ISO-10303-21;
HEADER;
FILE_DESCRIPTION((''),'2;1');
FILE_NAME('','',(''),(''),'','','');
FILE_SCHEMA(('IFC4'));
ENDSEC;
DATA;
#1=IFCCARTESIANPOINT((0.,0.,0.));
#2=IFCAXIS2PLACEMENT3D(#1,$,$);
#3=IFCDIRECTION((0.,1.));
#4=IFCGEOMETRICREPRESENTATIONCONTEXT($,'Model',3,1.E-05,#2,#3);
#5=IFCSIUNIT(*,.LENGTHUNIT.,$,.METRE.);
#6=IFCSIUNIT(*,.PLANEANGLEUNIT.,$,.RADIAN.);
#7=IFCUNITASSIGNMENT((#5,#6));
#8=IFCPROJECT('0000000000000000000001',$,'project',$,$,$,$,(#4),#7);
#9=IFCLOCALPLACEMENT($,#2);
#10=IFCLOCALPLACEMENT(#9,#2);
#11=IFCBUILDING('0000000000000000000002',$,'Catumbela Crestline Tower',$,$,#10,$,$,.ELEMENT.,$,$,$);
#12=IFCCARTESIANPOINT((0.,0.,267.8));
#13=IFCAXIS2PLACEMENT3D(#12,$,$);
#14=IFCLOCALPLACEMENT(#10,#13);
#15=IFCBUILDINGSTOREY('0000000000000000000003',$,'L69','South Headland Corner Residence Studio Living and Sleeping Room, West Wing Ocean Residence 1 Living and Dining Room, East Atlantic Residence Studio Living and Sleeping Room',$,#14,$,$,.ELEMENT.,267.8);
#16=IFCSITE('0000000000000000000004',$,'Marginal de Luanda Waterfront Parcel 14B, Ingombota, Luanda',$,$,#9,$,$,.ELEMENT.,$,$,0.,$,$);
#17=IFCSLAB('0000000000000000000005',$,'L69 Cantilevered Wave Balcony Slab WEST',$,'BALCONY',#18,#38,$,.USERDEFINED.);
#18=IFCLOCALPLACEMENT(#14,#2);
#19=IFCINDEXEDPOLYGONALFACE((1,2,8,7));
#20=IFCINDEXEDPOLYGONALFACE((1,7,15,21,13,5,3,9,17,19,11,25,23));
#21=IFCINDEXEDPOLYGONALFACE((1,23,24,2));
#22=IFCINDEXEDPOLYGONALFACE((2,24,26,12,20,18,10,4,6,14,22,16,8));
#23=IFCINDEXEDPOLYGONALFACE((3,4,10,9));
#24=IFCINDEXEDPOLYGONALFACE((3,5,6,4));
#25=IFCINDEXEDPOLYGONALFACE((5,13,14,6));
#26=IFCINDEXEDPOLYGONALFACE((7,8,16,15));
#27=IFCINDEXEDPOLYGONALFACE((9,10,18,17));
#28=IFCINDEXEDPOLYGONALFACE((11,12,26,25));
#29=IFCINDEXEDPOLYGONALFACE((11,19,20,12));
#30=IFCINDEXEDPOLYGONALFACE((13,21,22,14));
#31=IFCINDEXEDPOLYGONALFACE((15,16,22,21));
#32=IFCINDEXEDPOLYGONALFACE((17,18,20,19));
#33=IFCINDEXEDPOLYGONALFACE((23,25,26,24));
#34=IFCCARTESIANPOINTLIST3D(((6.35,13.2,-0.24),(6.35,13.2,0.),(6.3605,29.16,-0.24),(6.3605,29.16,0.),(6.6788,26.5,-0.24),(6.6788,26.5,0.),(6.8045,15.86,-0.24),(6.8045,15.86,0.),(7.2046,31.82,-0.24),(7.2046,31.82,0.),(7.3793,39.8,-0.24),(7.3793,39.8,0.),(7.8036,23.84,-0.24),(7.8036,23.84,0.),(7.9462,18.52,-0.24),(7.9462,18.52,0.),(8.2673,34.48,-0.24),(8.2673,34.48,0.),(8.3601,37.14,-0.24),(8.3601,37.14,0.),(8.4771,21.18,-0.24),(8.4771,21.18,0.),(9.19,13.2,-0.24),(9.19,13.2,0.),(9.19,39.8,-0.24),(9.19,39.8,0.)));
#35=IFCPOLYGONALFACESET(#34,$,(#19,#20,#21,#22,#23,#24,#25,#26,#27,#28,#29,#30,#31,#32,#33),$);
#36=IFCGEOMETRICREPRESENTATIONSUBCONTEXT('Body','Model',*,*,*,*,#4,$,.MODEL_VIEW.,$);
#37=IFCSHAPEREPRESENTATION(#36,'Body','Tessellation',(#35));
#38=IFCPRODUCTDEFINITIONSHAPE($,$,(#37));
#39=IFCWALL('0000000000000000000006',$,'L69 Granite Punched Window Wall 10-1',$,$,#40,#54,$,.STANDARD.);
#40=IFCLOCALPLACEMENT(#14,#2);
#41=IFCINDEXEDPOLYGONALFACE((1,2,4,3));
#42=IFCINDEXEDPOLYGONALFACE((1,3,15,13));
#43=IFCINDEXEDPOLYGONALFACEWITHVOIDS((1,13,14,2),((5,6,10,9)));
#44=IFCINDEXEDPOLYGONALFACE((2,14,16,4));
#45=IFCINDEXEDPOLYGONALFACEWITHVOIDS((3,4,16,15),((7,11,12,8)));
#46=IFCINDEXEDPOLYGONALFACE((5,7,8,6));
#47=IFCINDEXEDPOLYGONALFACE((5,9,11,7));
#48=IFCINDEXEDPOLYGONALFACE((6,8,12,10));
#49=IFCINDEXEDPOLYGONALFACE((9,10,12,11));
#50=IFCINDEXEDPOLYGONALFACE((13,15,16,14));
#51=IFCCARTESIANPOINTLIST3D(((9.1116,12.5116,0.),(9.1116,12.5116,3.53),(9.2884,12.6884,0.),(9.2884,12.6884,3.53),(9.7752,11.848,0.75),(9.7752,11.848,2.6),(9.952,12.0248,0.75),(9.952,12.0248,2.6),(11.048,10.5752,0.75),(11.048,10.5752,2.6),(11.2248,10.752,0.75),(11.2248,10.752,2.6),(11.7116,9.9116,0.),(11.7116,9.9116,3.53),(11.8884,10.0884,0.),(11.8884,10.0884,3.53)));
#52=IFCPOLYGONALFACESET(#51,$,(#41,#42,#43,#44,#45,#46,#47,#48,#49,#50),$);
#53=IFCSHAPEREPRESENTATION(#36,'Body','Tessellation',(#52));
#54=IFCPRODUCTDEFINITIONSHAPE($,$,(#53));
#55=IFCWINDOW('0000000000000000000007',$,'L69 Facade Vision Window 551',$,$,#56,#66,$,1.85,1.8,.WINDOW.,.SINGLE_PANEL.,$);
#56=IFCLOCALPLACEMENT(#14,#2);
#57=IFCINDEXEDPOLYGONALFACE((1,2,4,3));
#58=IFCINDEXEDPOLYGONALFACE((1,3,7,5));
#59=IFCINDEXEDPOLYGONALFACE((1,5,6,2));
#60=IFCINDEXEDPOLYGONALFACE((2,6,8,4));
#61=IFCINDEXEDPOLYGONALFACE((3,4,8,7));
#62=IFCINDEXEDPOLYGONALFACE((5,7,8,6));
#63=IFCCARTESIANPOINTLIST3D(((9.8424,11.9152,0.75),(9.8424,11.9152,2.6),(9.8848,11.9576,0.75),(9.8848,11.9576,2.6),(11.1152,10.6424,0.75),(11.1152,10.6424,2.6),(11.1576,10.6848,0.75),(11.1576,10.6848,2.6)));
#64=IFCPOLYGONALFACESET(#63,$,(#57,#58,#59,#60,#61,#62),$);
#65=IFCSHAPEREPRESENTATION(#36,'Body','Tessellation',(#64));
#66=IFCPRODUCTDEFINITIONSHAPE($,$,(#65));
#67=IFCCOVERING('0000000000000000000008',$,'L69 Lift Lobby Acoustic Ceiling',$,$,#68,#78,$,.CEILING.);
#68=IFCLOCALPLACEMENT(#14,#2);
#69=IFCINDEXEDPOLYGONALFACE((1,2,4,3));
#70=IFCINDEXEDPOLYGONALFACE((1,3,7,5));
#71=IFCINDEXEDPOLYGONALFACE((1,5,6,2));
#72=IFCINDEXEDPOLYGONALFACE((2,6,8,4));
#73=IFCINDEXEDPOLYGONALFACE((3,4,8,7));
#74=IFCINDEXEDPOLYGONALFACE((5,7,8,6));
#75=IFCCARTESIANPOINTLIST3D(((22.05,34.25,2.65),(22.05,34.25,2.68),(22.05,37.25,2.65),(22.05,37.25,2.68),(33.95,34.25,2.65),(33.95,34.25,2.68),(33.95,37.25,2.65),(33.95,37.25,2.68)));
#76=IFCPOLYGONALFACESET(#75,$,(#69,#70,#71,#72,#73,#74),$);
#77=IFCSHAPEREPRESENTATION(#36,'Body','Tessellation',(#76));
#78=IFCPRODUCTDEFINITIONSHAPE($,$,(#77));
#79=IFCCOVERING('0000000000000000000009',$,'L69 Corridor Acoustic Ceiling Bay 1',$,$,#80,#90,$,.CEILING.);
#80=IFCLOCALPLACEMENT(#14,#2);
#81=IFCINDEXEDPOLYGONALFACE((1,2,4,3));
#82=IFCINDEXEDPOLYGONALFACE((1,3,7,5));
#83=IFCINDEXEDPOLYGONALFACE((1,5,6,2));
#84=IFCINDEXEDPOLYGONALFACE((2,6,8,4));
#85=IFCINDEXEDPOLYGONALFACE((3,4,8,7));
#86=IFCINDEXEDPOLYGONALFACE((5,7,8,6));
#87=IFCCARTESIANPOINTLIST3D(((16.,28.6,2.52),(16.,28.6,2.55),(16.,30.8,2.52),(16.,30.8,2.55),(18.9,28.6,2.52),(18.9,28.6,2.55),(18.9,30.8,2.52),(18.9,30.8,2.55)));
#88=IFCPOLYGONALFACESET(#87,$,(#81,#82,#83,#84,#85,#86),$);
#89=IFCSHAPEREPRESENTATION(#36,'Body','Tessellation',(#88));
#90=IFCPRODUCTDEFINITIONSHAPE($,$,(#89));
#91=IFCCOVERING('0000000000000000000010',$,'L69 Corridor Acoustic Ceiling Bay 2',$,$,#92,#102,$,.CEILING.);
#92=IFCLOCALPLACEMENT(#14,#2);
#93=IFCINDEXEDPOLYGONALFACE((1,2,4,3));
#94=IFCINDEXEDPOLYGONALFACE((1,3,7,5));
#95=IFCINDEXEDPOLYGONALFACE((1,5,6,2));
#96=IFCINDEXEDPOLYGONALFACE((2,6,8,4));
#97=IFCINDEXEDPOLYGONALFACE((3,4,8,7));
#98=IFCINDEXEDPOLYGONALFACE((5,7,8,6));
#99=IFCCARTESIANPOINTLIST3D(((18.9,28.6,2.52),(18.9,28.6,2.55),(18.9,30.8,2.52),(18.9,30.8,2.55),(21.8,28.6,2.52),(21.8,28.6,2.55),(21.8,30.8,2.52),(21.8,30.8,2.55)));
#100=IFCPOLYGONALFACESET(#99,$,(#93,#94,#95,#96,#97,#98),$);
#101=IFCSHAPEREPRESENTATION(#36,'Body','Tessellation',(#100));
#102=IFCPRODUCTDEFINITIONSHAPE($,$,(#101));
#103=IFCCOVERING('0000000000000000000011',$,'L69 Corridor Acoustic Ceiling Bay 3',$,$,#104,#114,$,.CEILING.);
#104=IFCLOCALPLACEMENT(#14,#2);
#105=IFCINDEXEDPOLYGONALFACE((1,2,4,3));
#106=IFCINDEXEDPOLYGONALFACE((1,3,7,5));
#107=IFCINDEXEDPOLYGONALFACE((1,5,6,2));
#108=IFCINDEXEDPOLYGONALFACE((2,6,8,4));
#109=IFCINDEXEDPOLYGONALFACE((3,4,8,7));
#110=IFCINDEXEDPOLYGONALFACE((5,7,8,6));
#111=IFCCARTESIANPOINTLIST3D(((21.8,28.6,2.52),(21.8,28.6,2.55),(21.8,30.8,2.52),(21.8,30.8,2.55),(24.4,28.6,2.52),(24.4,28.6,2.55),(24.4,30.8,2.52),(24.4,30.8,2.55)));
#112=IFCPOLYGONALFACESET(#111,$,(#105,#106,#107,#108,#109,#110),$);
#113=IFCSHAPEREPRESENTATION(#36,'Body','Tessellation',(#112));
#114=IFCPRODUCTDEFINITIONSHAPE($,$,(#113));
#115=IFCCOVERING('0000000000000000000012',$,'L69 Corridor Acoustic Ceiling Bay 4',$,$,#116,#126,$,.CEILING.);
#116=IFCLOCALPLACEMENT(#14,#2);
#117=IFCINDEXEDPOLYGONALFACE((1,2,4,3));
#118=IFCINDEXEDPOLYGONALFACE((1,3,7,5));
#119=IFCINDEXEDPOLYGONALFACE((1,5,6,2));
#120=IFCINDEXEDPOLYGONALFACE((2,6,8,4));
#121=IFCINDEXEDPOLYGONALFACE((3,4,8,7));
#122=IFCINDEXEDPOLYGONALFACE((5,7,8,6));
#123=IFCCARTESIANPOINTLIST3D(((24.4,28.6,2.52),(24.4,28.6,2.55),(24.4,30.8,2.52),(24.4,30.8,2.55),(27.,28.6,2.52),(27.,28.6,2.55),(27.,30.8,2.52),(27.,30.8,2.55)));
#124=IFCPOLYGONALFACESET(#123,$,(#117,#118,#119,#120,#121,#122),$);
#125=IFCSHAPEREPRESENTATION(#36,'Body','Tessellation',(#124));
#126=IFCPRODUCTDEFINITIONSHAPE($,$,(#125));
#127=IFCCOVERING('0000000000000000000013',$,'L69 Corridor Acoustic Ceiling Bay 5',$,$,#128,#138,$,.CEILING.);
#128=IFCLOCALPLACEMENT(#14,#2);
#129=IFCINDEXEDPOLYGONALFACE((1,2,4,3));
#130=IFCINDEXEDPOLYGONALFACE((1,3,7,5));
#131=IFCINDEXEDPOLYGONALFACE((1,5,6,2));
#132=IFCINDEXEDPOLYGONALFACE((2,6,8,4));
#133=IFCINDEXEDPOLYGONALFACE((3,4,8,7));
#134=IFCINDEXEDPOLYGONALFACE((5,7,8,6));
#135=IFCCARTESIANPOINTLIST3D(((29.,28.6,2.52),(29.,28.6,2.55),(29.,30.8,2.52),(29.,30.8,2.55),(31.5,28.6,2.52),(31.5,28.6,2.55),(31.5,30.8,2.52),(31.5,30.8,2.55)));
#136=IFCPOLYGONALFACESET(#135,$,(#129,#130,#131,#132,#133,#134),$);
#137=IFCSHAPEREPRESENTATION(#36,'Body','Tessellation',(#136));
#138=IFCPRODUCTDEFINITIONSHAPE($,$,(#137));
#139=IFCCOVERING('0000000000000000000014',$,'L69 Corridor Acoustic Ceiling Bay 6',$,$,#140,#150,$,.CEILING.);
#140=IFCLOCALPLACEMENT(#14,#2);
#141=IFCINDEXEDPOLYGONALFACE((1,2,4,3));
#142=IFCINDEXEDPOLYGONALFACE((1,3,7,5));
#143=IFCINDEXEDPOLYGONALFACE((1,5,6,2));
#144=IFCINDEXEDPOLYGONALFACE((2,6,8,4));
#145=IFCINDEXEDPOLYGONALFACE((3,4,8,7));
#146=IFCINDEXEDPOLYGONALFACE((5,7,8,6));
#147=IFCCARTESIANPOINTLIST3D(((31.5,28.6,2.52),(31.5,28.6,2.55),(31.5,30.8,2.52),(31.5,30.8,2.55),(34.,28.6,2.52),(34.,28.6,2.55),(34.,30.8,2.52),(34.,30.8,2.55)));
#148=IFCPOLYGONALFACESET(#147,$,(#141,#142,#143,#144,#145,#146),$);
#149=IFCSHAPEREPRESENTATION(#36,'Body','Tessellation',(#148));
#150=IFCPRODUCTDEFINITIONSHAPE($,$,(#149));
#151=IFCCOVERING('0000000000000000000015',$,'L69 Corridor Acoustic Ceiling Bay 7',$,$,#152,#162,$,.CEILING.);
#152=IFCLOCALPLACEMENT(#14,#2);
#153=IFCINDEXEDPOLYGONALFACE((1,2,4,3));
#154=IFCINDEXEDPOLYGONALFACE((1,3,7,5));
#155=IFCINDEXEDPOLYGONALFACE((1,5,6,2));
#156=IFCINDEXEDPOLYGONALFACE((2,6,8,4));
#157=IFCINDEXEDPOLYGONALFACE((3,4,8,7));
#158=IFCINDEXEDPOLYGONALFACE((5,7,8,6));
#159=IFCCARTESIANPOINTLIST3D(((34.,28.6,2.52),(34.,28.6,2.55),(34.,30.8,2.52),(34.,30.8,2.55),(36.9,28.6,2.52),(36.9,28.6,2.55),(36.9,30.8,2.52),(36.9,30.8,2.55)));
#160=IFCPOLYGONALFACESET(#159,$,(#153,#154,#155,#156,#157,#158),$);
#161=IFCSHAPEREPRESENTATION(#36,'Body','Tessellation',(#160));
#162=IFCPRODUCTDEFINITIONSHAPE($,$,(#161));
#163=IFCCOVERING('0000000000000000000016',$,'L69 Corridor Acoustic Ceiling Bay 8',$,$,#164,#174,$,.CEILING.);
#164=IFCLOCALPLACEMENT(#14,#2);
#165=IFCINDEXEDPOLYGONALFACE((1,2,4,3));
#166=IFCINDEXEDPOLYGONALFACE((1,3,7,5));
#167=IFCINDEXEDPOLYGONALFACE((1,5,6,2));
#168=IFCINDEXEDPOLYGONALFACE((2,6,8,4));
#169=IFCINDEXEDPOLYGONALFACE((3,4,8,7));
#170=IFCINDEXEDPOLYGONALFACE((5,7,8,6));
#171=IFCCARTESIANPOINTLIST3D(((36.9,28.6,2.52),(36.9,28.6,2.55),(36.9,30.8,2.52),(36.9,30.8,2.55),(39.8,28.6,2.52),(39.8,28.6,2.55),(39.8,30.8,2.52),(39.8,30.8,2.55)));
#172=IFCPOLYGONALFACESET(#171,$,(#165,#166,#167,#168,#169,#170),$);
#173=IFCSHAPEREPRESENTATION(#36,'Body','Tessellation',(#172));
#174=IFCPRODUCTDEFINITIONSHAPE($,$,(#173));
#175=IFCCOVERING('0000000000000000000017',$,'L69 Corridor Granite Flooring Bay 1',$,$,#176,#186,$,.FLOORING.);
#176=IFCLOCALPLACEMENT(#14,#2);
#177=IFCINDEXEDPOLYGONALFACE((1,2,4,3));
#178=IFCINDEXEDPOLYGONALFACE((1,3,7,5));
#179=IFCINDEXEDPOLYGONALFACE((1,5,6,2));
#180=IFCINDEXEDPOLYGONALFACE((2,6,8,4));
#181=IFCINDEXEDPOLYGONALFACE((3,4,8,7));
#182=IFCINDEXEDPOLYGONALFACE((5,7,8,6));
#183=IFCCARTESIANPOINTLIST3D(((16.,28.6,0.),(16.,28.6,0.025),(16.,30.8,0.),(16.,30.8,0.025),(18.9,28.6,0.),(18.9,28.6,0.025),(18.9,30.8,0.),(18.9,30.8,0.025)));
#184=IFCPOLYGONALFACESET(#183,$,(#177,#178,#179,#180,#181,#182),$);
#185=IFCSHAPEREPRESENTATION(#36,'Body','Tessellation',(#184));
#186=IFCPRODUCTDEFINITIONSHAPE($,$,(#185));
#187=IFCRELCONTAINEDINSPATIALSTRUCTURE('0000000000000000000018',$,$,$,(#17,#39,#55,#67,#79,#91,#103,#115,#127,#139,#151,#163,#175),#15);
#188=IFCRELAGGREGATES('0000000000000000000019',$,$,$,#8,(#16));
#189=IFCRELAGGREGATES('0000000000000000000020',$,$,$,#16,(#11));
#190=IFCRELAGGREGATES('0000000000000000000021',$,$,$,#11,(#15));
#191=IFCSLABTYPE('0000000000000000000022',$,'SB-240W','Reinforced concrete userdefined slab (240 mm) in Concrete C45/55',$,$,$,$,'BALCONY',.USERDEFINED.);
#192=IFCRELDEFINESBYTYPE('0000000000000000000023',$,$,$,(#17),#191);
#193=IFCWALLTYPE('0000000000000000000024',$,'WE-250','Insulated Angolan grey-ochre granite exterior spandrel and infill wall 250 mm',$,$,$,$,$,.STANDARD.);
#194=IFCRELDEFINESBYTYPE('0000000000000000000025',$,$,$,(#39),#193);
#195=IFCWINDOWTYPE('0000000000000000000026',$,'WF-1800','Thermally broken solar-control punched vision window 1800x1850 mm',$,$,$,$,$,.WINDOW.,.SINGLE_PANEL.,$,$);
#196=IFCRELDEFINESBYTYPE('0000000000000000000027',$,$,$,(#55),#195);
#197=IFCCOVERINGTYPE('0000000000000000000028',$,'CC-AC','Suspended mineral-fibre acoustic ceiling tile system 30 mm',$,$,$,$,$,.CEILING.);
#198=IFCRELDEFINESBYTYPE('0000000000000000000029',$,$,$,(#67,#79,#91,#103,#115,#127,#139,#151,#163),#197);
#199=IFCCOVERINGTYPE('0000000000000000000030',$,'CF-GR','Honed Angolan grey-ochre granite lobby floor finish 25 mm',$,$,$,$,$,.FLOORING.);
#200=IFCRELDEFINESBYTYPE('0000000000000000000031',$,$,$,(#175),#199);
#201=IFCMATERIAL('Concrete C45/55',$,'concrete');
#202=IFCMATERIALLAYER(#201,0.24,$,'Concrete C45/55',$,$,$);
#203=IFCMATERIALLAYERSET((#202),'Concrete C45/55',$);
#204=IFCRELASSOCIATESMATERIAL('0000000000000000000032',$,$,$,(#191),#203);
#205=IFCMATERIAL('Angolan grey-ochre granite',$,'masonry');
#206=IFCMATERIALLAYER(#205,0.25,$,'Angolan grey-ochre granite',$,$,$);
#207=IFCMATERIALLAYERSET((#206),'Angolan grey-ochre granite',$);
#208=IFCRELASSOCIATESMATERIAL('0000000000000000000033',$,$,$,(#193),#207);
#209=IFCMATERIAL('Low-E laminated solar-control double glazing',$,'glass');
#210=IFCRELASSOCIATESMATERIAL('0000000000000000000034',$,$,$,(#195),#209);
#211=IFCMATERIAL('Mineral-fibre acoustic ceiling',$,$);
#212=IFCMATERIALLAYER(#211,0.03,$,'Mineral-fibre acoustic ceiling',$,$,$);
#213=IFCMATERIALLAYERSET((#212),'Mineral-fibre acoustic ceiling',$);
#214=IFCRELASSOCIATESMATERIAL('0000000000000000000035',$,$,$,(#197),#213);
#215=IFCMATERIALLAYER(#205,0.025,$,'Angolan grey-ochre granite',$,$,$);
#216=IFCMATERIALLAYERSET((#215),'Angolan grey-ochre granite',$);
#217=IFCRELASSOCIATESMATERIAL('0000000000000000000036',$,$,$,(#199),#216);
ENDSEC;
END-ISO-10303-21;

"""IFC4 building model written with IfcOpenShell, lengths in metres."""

from ifc_helpers import new_model, si_unit, direction, frame, frame_2d, origin, place, context, subcontext, project, spatial, polyline, rectangle, outline, extrude, material, layer, layer_set, type_object, element, fill, save


model = new_model("IFC4")

# Units and contexts
model_context = context("Model", 3, precision=1e-05, world=origin(), true_north=direction((0.0, 1.0)))
body_context = subcontext(model_context, "Body", "Model", "MODEL_VIEW")
ifc_project = project(units=[si_unit("LENGTHUNIT", "METRE"), si_unit("PLANEANGLEUNIT", "RADIAN")], contexts=[model_context])

# Site, building, storey
site_placement = place(None, origin())
site = spatial("IfcSite", under=ifc_project, at=site_placement, Name="Marginal de Luanda Waterfront Parcel 14B, Ingombota, Luanda", CompositionType="ELEMENT", RefElevation=0.0)
building_placement = place(site_placement, origin())
building = spatial("IfcBuilding", under=site, at=building_placement, Name="Catumbela Crestline Tower", CompositionType="ELEMENT")
storey_placement = place(building_placement, frame((0.0, 0.0, 267.8)))
storey = spatial("IfcBuildingStorey", under=building, at=storey_placement, Name="L69", Description="South Headland Corner Residence Studio Living and Sleeping Room, West Wing Ocean Residence 1 Living and Dining Room, East Atlantic Residence Studio Living and Sleeping Room", CompositionType="ELEMENT", Elevation=267.8)

# Shared definitions
ifc_material_1 = material(Name="Low-E laminated solar-control double glazing", Category="glass")

# Shared definitions
ifc_material_2 = material(Name="Concrete C45/55", Category="concrete")

# Slab
ifc_layer_1 = layer(ifc_material_2, 0.24, Name="Concrete C45/55")
ifc_layer_set_1 = layer_set([ifc_layer_1], Name="Concrete C45/55")
slab_type_1 = type_object("IfcSlabType", Name="SB-240W", Description="Reinforced concrete userdefined slab (240 mm) in Concrete C45/55", ElementType="BALCONY", PredefinedType="USERDEFINED", material=ifc_layer_set_1)
slab_1_placement = place(storey_placement, frame((0.0, 0.0, -0.24)))
element("IfcSlab", 1, at=slab_1_placement, inside=storey, type_object=slab_type_1, Name="L69 Cantilevered Wave Balcony Slab WEST", ObjectType="BALCONY", PredefinedType="USERDEFINED", context=body_context, shape_type="SweptSolid", body=[
    extrude(outline(polyline([(9.19, 39.8), (7.3793, 39.8), (8.3601, 37.14), (8.2673, 34.48), (7.2046, 31.82), (6.3605, 29.16), (6.6788, 26.5), (7.8036, 23.84), (8.4771, 21.18), (7.9462, 18.52), (6.8045, 15.86), (6.35, 13.2), (9.19, 13.2), (9.19, 39.8)])), origin(), (0.0, 0.0, 1.0), 0.24),
])

# Wall, opening, window
ifc_material_3 = material(Name="Angolan grey-ochre granite", Category="masonry")
ifc_layer_2 = layer(ifc_material_3, 0.25, Name="Angolan grey-ochre granite")
ifc_layer_set_2 = layer_set([ifc_layer_2], Name="Angolan grey-ochre granite")
wall_type = type_object("IfcWallType", Name="WE-250", Description="Insulated Angolan grey-ochre granite exterior spandrel and infill wall 250 mm", PredefinedType="STANDARD", material=ifc_layer_set_2)
wall_placement = place(storey_placement, frame((9.2, 12.6, 0.0), z_axis=(0.0, 0.0, 1.0), x_axis=(0.707107, -0.707107, 0.0)))
wall = element("IfcWall", 2, at=wall_placement, inside=storey, type_object=wall_type, Name="L69 Granite Punched Window Wall 10-1", PredefinedType="STANDARD", context=body_context, shape_type="SweptSolid", body=[
    extrude(rectangle(XDim=3.677, YDim=0.25, at=frame_2d((1.8385, 0.0))), origin(), (0.0, 0.0, 1.0), 3.53),
])
opening_placement = place(wall_placement, frame((0.9385, 0.0, 0.75)))
opening = element("IfcOpeningElement", 3, at=opening_placement, cuts=wall, PredefinedType="OPENING", context=body_context, shape_type="SweptSolid", body=[
    extrude(rectangle(XDim=1.8, YDim=1.85, at=frame_2d((0.9, 0.925))), frame((0.0, 0.135, 0.0), z_axis=(0.0, -1.0, 0.0), x_axis=(1.0, 0.0, 0.0)), (0.0, 0.0, 1.0), 0.27),
])
window_type = type_object("IfcWindowType", Name="WF-1800", Description="Thermally broken solar-control punched vision window 1800x1850 mm", PartitioningType="SINGLE_PANEL", PredefinedType="WINDOW", material=ifc_material_1)
window_placement = place(opening_placement, origin())
window = element("IfcWindow", 4, at=window_placement, inside=storey, type_object=window_type, Name="L69 Facade Vision Window 551", OverallHeight=1.85, OverallWidth=1.8, PartitioningType="SINGLE_PANEL", PredefinedType="WINDOW", context=body_context, shape_type="SweptSolid", body=[
    extrude(rectangle(XDim=1.8, YDim=1.85, at=frame_2d((0.9, 0.925))), frame((0.0, 0.03, 0.0), z_axis=(0.0, -1.0, 0.0), x_axis=(1.0, 0.0, 0.0)), (0.0, 0.0, 1.0), 0.06),
])
fill(opening, window)

# Coverings
ifc_material_4 = material(Name="Mineral-fibre acoustic ceiling")
ifc_layer_3 = layer(ifc_material_4, 0.03, Name="Mineral-fibre acoustic ceiling")
ifc_layer_set_3 = layer_set([ifc_layer_3], Name="Mineral-fibre acoustic ceiling")
covering_type_1 = type_object("IfcCoveringType", Name="CC-AC", Description="Suspended mineral-fibre acoustic ceiling tile system 30 mm", PredefinedType="CEILING", material=ifc_layer_set_3)
covering_1_placement = place(storey_placement, frame((0.0, 0.0, 2.65)))
element("IfcCovering", 5, at=covering_1_placement, inside=storey, type_object=covering_type_1, Name="L69 Lift Lobby Acoustic Ceiling", PredefinedType="CEILING", context=body_context, shape_type="SweptSolid", body=[
    extrude(outline(polyline([(22.05, 34.25), (33.95, 34.25), (33.95, 37.25), (22.05, 37.25), (22.05, 34.25)])), origin(), (0.0, 0.0, 1.0), 0.03),
])
covering_2_placement = place(storey_placement, frame((0.0, 0.0, 2.52)))
element("IfcCovering", 6, at=covering_2_placement, inside=storey, type_object=covering_type_1, Name="L69 Corridor Acoustic Ceiling Bay 1", PredefinedType="CEILING", context=body_context, shape_type="SweptSolid", body=[
    extrude(outline(polyline([(16.0, 28.6), (18.9, 28.6), (18.9, 30.8), (16.0, 30.8), (16.0, 28.6)])), origin(), (0.0, 0.0, 1.0), 0.03),
])
covering_3_placement = place(storey_placement, frame((0.0, 0.0, 2.52)))
element("IfcCovering", 7, at=covering_3_placement, inside=storey, type_object=covering_type_1, Name="L69 Corridor Acoustic Ceiling Bay 2", PredefinedType="CEILING", context=body_context, shape_type="SweptSolid", body=[
    extrude(outline(polyline([(18.9, 28.6), (21.8, 28.6), (21.8, 30.8), (18.9, 30.8), (18.9, 28.6)])), origin(), (0.0, 0.0, 1.0), 0.03),
])
covering_4_placement = place(storey_placement, frame((0.0, 0.0, 2.52)))
element("IfcCovering", 8, at=covering_4_placement, inside=storey, type_object=covering_type_1, Name="L69 Corridor Acoustic Ceiling Bay 3", PredefinedType="CEILING", context=body_context, shape_type="SweptSolid", body=[
    extrude(outline(polyline([(21.8, 28.6), (24.4, 28.6), (24.4, 30.8), (21.8, 30.8), (21.8, 28.6)])), origin(), (0.0, 0.0, 1.0), 0.03),
])
covering_5_placement = place(storey_placement, frame((0.0, 0.0, 2.52)))
element("IfcCovering", 9, at=covering_5_placement, inside=storey, type_object=covering_type_1, Name="L69 Corridor Acoustic Ceiling Bay 4", PredefinedType="CEILING", context=body_context, shape_type="SweptSolid", body=[
    extrude(outline(polyline([(24.4, 28.6), (27.0, 28.6), (27.0, 30.8), (24.4, 30.8), (24.4, 28.6)])), origin(), (0.0, 0.0, 1.0), 0.03),
])
covering_6_placement = place(storey_placement, frame((0.0, 0.0, 2.52)))
element("IfcCovering", 10, at=covering_6_placement, inside=storey, type_object=covering_type_1, Name="L69 Corridor Acoustic Ceiling Bay 5", PredefinedType="CEILING", context=body_context, shape_type="SweptSolid", body=[
    extrude(outline(polyline([(29.0, 28.6), (31.5, 28.6), (31.5, 30.8), (29.0, 30.8), (29.0, 28.6)])), origin(), (0.0, 0.0, 1.0), 0.03),
])
covering_7_placement = place(storey_placement, frame((0.0, 0.0, 2.52)))
element("IfcCovering", 11, at=covering_7_placement, inside=storey, type_object=covering_type_1, Name="L69 Corridor Acoustic Ceiling Bay 6", PredefinedType="CEILING", context=body_context, shape_type="SweptSolid", body=[
    extrude(outline(polyline([(31.5, 28.6), (34.0, 28.6), (34.0, 30.8), (31.5, 30.8), (31.5, 28.6)])), origin(), (0.0, 0.0, 1.0), 0.03),
])
covering_8_placement = place(storey_placement, frame((0.0, 0.0, 2.52)))
element("IfcCovering", 12, at=covering_8_placement, inside=storey, type_object=covering_type_1, Name="L69 Corridor Acoustic Ceiling Bay 7", PredefinedType="CEILING", context=body_context, shape_type="SweptSolid", body=[
    extrude(outline(polyline([(34.0, 28.6), (36.9, 28.6), (36.9, 30.8), (34.0, 30.8), (34.0, 28.6)])), origin(), (0.0, 0.0, 1.0), 0.03),
])
covering_9_placement = place(storey_placement, frame((0.0, 0.0, 2.52)))
element("IfcCovering", 13, at=covering_9_placement, inside=storey, type_object=covering_type_1, Name="L69 Corridor Acoustic Ceiling Bay 8", PredefinedType="CEILING", context=body_context, shape_type="SweptSolid", body=[
    extrude(outline(polyline([(36.9, 28.6), (39.8, 28.6), (39.8, 30.8), (36.9, 30.8), (36.9, 28.6)])), origin(), (0.0, 0.0, 1.0), 0.03),
])
ifc_layer_4 = layer(ifc_material_3, 0.025, Name="Angolan grey-ochre granite")
ifc_layer_set_4 = layer_set([ifc_layer_4], Name="Angolan grey-ochre granite")
covering_type_2 = type_object("IfcCoveringType", Name="CF-GR", Description="Honed Angolan grey-ochre granite lobby floor finish 25 mm", PredefinedType="FLOORING", material=ifc_layer_set_4)
covering_10_placement = place(storey_placement, origin())
element("IfcCovering", 14, at=covering_10_placement, inside=storey, type_object=covering_type_2, Name="L69 Corridor Granite Flooring Bay 1", PredefinedType="FLOORING", context=body_context, shape_type="SweptSolid", body=[
    extrude(outline(polyline([(16.0, 28.6), (18.9, 28.6), (18.9, 30.8), (16.0, 30.8), (16.0, 28.6)])), origin(), (0.0, 0.0, 1.0), 0.025),
])

save(model, "model.ifc")
